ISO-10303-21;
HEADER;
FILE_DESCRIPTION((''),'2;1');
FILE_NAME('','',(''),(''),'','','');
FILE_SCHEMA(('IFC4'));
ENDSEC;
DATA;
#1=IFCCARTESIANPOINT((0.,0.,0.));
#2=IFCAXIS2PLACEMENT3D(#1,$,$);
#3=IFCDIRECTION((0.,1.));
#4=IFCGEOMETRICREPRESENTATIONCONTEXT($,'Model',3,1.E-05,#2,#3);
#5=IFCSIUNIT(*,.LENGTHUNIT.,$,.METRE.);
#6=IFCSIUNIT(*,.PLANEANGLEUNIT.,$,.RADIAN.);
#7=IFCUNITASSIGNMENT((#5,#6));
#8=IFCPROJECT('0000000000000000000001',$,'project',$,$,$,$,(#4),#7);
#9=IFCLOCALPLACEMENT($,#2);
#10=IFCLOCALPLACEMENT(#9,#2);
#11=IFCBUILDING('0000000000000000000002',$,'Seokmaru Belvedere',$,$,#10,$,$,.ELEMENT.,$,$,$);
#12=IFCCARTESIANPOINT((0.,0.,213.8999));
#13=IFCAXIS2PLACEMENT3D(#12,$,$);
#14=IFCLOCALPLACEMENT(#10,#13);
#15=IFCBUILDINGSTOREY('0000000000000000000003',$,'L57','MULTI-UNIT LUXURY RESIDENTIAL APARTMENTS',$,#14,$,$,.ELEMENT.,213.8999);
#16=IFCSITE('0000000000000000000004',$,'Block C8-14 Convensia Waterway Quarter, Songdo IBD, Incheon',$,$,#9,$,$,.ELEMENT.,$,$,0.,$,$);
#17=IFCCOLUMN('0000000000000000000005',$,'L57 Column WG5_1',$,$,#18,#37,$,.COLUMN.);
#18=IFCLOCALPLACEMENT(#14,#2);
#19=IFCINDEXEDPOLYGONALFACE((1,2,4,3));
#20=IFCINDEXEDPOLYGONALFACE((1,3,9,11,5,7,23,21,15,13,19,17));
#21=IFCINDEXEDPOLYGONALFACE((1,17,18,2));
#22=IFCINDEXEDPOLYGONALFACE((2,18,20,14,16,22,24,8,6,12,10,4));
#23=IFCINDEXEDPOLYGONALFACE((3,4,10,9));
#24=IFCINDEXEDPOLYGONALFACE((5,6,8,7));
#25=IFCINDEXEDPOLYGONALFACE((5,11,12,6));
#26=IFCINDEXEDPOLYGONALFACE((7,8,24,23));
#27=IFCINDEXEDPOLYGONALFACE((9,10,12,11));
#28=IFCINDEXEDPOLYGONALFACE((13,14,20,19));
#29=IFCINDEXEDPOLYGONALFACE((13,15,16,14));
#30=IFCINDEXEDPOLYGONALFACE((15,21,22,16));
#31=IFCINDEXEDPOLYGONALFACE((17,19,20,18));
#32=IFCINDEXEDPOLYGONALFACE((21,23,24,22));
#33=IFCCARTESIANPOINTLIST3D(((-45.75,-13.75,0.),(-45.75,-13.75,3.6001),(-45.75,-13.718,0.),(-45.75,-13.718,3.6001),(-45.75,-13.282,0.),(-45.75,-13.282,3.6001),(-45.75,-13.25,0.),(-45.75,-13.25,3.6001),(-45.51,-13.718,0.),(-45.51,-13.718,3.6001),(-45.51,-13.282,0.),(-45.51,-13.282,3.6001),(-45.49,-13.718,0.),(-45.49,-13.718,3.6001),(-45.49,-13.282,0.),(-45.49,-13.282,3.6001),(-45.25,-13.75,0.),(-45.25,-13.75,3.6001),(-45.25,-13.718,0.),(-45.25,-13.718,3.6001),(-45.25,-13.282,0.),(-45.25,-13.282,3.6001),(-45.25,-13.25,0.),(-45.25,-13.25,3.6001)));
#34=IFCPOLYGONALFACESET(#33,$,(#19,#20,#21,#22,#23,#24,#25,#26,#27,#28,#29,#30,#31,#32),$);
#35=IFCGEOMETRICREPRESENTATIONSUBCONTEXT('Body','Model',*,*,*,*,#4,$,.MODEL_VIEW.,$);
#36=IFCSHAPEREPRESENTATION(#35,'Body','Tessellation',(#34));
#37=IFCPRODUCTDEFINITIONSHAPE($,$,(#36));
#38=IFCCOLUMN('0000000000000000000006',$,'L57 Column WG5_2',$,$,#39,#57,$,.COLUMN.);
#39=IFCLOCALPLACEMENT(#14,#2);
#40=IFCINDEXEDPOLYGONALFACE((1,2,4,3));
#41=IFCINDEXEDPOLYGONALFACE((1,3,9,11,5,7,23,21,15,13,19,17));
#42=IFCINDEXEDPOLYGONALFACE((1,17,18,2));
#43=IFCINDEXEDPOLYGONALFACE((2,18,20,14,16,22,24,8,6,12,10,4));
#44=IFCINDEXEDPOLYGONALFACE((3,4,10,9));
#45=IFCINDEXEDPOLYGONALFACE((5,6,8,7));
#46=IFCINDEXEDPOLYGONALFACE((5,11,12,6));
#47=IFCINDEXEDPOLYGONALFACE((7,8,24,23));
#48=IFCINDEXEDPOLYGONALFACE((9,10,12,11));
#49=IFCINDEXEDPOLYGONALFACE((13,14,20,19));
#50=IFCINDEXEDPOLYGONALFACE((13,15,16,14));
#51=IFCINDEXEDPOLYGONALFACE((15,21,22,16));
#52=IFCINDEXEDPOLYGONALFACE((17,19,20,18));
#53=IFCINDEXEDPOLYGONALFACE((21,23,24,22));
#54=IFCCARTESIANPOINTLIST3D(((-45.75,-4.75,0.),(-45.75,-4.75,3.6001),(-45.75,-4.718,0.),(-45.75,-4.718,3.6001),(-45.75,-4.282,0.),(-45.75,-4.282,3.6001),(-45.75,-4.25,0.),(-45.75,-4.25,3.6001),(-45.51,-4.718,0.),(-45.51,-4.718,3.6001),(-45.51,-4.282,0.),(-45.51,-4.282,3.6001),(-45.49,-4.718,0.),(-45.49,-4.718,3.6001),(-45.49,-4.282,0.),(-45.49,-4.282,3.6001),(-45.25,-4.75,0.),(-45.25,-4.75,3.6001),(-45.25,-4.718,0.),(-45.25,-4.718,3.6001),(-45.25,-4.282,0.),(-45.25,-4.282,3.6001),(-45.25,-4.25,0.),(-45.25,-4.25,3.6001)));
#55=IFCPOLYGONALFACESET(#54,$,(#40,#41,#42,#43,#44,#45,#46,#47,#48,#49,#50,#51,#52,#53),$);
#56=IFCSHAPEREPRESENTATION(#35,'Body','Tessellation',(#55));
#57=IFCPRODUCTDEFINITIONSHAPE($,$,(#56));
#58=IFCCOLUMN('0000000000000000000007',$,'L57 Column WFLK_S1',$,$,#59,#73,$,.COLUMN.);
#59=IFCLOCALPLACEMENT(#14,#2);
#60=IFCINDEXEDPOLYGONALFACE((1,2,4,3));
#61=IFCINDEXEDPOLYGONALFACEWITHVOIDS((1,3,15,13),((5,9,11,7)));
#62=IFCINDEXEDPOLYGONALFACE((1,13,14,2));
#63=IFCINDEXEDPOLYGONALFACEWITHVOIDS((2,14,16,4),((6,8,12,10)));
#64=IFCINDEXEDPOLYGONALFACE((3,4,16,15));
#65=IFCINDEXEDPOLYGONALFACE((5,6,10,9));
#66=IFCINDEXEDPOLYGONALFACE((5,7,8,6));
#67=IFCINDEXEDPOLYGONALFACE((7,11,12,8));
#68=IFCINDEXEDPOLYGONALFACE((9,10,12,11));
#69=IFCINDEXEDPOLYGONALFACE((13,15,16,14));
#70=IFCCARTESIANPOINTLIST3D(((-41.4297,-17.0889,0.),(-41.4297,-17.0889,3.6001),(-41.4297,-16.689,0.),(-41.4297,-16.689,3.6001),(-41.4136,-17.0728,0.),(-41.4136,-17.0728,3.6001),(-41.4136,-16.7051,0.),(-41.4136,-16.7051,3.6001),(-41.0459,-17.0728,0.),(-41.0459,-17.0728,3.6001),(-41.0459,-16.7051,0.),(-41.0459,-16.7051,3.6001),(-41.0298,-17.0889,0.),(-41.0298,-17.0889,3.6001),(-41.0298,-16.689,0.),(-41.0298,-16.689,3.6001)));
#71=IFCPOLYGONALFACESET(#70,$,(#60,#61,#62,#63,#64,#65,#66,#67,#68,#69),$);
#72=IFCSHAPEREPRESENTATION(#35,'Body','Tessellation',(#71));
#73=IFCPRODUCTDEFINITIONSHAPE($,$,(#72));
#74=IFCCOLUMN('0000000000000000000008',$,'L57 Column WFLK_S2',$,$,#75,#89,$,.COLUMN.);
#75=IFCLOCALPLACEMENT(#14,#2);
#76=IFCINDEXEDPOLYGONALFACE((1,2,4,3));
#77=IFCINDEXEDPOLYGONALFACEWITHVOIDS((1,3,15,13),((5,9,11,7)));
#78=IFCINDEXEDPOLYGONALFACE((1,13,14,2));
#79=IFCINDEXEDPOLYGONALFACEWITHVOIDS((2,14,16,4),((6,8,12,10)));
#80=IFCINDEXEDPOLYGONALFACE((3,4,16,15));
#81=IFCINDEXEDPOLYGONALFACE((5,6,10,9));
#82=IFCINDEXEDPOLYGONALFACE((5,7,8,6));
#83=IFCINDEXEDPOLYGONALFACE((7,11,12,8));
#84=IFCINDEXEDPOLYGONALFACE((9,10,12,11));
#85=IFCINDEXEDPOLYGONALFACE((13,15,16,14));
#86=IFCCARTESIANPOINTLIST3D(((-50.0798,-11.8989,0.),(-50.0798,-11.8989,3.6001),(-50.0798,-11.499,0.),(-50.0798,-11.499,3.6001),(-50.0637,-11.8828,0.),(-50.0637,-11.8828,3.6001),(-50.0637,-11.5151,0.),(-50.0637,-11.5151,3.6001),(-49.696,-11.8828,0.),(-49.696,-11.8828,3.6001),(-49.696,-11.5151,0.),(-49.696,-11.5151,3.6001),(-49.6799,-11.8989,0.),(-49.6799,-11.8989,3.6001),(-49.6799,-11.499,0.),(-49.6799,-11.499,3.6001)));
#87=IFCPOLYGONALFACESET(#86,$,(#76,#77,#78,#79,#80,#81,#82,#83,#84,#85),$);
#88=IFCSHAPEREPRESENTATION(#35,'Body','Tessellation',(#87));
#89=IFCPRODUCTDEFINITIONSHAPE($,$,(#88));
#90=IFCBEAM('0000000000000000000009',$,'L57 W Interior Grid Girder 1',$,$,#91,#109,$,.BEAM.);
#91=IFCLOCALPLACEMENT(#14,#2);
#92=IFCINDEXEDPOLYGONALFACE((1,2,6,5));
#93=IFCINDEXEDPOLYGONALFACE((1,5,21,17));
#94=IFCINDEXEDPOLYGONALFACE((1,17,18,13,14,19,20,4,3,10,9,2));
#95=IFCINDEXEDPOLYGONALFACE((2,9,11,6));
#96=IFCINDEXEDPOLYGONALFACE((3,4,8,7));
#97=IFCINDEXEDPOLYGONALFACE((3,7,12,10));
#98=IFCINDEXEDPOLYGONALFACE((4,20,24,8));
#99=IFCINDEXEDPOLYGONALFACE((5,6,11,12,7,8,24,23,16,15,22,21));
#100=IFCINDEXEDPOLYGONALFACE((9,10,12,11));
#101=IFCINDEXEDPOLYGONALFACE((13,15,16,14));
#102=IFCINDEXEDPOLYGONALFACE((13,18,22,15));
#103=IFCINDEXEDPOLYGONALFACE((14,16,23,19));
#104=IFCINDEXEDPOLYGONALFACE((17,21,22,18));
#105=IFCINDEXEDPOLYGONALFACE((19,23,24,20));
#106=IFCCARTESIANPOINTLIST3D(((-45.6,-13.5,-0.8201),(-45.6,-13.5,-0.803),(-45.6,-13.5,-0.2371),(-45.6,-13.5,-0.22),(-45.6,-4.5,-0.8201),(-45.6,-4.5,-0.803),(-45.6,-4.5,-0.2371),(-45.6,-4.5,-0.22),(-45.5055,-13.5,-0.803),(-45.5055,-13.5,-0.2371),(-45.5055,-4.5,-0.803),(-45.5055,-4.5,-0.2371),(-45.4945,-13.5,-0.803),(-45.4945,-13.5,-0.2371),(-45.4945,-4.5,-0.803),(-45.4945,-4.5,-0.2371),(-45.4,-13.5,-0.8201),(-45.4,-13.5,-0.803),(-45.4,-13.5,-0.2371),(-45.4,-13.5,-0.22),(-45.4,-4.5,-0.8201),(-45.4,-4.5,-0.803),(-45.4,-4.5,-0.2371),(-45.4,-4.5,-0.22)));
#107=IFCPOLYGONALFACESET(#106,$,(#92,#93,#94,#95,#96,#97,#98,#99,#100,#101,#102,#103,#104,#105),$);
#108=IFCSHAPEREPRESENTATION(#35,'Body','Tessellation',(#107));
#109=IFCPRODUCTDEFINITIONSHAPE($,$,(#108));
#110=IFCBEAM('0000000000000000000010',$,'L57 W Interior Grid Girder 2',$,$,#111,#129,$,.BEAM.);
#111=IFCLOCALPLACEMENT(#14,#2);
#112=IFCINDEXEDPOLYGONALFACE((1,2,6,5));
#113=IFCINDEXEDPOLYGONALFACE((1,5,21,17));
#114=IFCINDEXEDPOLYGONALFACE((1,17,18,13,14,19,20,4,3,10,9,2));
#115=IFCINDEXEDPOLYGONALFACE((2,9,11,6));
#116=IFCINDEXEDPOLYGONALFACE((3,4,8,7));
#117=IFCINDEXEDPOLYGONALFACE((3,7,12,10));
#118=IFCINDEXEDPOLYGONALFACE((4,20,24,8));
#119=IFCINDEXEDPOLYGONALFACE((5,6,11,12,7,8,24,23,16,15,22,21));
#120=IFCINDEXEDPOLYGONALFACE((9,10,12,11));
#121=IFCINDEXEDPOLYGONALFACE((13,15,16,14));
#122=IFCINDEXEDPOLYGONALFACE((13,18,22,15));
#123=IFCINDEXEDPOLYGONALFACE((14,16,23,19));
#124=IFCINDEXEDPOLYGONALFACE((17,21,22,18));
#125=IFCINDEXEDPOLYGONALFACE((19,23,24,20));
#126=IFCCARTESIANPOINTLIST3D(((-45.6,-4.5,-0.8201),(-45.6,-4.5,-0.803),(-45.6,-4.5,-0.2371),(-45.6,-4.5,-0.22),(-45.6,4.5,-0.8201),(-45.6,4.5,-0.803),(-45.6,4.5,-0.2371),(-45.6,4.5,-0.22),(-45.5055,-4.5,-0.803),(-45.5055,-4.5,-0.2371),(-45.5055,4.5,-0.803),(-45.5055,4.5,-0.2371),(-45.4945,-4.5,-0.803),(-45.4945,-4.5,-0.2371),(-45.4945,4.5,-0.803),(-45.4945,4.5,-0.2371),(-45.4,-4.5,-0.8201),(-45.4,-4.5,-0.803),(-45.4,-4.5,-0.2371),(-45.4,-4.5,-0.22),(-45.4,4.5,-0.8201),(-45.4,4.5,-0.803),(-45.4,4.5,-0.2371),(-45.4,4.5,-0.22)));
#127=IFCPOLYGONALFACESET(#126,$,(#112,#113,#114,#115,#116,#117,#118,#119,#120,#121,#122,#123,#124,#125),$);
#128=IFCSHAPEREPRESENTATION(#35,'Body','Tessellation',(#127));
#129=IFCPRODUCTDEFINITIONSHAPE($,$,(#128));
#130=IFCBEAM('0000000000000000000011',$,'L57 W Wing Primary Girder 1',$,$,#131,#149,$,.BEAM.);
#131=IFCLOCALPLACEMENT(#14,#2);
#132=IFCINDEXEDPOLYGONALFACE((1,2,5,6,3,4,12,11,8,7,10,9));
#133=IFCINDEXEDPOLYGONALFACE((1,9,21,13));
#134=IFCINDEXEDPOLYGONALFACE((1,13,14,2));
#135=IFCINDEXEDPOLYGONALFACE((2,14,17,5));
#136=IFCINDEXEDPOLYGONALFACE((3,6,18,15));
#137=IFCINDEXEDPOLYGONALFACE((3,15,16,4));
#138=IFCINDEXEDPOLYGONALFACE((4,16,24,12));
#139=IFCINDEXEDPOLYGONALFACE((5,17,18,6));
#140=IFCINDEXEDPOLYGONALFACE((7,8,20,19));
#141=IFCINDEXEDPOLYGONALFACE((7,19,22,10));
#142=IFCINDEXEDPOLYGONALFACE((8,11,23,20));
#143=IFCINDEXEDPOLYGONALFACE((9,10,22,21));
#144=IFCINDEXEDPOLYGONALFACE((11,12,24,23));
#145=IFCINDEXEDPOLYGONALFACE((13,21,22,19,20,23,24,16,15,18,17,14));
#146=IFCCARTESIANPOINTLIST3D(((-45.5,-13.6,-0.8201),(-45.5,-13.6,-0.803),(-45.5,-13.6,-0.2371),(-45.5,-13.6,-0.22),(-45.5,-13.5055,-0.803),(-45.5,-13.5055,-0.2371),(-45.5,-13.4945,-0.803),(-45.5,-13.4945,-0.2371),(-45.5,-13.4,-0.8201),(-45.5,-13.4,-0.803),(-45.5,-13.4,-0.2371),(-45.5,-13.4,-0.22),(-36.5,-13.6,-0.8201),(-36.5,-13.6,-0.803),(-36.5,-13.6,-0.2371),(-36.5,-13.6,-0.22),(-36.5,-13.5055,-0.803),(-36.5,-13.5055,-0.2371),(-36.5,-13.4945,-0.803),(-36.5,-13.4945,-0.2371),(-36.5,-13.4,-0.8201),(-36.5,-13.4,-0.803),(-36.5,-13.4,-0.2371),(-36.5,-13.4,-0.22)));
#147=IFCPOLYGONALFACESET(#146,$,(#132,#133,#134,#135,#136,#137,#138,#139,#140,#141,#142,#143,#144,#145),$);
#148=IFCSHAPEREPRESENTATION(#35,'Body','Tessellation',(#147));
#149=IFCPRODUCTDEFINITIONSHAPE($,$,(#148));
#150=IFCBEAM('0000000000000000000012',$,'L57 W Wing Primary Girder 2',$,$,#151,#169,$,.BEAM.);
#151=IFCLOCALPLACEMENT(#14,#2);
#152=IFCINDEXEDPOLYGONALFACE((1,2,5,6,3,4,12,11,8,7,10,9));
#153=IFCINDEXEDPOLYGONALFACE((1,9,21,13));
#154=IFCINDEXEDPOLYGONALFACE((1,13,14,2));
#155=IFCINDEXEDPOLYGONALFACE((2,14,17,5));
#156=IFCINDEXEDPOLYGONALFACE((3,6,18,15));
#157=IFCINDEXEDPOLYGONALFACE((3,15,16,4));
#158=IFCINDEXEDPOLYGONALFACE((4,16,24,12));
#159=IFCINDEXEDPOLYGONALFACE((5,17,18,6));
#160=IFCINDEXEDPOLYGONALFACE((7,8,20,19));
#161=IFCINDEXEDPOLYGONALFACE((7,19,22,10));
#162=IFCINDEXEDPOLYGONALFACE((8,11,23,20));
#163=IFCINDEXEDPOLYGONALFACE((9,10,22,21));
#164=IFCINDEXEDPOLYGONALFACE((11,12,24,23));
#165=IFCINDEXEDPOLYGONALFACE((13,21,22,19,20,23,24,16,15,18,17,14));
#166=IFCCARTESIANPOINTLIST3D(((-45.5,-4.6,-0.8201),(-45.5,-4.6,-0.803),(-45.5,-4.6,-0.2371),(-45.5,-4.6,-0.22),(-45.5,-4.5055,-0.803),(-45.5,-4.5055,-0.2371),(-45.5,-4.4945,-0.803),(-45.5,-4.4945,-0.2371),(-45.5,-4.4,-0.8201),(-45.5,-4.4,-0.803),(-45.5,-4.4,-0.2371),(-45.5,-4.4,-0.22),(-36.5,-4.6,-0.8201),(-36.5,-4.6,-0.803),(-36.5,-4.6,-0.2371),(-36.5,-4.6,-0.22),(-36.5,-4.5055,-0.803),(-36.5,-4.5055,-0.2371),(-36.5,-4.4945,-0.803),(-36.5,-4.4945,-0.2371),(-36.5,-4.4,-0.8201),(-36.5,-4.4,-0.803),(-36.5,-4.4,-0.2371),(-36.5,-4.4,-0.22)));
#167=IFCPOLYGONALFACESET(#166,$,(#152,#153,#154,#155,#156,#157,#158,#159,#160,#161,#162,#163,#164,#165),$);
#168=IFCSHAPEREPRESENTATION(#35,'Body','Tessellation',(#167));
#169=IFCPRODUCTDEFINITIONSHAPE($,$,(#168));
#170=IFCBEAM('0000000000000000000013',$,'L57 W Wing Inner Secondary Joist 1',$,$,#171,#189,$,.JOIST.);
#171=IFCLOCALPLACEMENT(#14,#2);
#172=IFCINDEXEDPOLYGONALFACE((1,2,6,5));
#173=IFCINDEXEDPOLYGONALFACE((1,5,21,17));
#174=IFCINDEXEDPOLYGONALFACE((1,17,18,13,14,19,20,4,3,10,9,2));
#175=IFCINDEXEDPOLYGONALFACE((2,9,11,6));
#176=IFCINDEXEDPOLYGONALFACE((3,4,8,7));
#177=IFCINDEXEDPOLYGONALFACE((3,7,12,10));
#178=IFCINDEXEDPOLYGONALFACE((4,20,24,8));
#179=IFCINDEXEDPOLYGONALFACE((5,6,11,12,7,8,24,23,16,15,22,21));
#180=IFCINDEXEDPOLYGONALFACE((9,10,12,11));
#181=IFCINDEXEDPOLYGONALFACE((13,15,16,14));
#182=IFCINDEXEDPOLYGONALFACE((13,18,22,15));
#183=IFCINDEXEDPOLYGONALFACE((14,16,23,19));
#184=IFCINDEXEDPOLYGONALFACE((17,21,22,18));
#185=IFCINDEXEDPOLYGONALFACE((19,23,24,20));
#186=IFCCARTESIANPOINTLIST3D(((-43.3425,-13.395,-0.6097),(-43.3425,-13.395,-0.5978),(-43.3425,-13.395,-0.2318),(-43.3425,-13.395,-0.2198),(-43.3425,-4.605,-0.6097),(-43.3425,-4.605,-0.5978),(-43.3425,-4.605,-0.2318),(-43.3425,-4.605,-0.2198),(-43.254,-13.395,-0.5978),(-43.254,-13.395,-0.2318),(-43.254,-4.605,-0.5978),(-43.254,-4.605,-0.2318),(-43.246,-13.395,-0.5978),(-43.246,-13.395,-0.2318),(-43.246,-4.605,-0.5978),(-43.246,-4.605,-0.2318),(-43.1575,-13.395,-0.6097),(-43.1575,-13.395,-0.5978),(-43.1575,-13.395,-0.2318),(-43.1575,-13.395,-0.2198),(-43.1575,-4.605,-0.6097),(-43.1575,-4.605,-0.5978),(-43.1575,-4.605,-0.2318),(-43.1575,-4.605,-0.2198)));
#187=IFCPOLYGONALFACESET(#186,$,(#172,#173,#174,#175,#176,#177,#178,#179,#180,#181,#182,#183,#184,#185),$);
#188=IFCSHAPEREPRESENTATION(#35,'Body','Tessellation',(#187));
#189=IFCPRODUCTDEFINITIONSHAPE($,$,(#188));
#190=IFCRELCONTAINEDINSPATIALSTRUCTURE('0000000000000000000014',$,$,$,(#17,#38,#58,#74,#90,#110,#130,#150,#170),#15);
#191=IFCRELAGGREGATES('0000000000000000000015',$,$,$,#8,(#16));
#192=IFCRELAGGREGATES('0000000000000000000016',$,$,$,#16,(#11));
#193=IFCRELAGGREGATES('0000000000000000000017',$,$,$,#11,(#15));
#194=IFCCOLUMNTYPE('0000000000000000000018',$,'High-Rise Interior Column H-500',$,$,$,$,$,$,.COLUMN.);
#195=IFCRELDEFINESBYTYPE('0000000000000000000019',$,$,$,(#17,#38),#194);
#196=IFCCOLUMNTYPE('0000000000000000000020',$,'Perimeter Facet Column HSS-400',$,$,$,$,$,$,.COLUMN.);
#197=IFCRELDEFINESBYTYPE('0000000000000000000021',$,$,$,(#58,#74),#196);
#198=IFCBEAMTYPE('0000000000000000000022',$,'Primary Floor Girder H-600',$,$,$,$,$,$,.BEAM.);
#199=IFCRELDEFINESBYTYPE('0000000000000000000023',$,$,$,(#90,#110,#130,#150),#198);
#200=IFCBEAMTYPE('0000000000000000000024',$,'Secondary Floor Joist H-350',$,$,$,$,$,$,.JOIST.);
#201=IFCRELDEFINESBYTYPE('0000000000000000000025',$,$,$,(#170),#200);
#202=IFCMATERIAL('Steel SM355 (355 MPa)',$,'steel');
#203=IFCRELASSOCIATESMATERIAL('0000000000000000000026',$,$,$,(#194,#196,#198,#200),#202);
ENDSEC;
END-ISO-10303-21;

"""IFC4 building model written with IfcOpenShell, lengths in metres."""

from ifc_helpers import new_model, si_unit, direction, frame, origin, origin_2d, place, context, subcontext, project, spatial, hollow_rectangle, i_section, extrude, source, transform, mapped, material, material_profile, profile_set, type_object, type_shapes, element, save


model = new_model("IFC4")

# Units and contexts
model_context = context("Model", 3, precision=1e-05, world=origin(), true_north=direction((0.0, 1.0)))
body_context = subcontext(model_context, "Body", "Model", "MODEL_VIEW")
ifc_project = project(units=[si_unit("LENGTHUNIT", "METRE"), si_unit("PLANEANGLEUNIT", "RADIAN")], contexts=[model_context])

# Site, building, storey
site_placement = place(None, origin())
site = spatial("IfcSite", under=ifc_project, at=site_placement, Name="Block C8-14 Convensia Waterway Quarter, Songdo IBD, Incheon", CompositionType="ELEMENT", RefElevation=0.0)
building_placement = place(site_placement, origin())
building = spatial("IfcBuilding", under=site, at=building_placement, Name="Seokmaru Belvedere", CompositionType="ELEMENT")
storey_placement = place(building_placement, frame((0.0, 0.0, 213.8999)))
storey = spatial("IfcBuildingStorey", under=building, at=storey_placement, Name="L57", Description="MULTI-UNIT LUXURY RESIDENTIAL APARTMENTS", CompositionType="ELEMENT", Elevation=213.8999)

# Columns
ifc_material_1 = material(Name="Steel SM355 (355 MPa)", Category="steel")
ifc_material_profile_1 = material_profile(ifc_material_1, i_section(OverallWidth=0.5, OverallDepth=0.5, WebThickness=0.02, FlangeThickness=0.032, at=origin_2d()), Name="H-500x500x20x32")
ifc_profile_set_1 = profile_set([ifc_material_profile_1], Name="Steel SM355 (355 MPa)")
column_type_1 = type_object("IfcColumnType", Name="High-Rise Interior Column H-500", PredefinedType="COLUMN", material=ifc_profile_set_1)
shared_shape_1 = source(origin(), body_context, "Body", "SweptSolid", [
    extrude(i_section(OverallWidth=0.5, OverallDepth=0.5, WebThickness=0.02, FlangeThickness=0.032, at=origin_2d()), origin(), (0.0, 0.0, 1.0), 3.6001),
])
type_shapes(column_type_1, [shared_shape_1])
for number, where, z_axis, x_axis, name in (
    (1, (-45.5, -13.5, 0.0), (0.0, 0.0, 1.0), (1.0, 0.0, 0.0), "L57 Column WG5_1"),
    (2, (-45.5, -4.5, 0.0), (0.0, 0.0, 1.0), (1.0, 0.0, 0.0), "L57 Column WG5_2"),
):
    element("IfcColumn", number, at=place(storey_placement, frame(where, z_axis=z_axis, x_axis=x_axis)), inside=storey, type_object=column_type_1, Name=name, PredefinedType="COLUMN", context=body_context, shape_type="MappedRepresentation", body=[
        mapped(shared_shape_1, transform((0.0, 0.0, 0.0), scale=1.0)),
    ])
ifc_material_profile_2 = material_profile(ifc_material_1, hollow_rectangle(XDim=0.3999, YDim=0.3999, WallThickness=0.0161, at=origin_2d()), Name="HSS-400x400x16")
ifc_profile_set_2 = profile_set([ifc_material_profile_2], Name="Steel SM355 (355 MPa)")
column_type_2 = type_object("IfcColumnType", Name="Perimeter Facet Column HSS-400", PredefinedType="COLUMN", material=ifc_profile_set_2)
shared_shape_2 = source(origin(), body_context, "Body", "SweptSolid", [
    extrude(hollow_rectangle(XDim=0.3999, YDim=0.3999, WallThickness=0.0161, at=origin_2d()), origin(), (0.0, 0.0, 1.0), 3.6001),
])
type_shapes(column_type_2, [shared_shape_2])
for number, where, z_axis, x_axis, name in (
    (3, (-41.2297, -16.8889, 0.0), (0.0, 0.0, 1.0), (1.0, 0.0, 0.0), "L57 Column WFLK_S1"),
    (4, (-49.8799, -11.699, 0.0), (0.0, 0.0, 1.0), (1.0, 0.0, 0.0), "L57 Column WFLK_S2"),
):
    element("IfcColumn", number, at=place(storey_placement, frame(where, z_axis=z_axis, x_axis=x_axis)), inside=storey, type_object=column_type_2, Name=name, PredefinedType="COLUMN", context=body_context, shape_type="MappedRepresentation", body=[
        mapped(shared_shape_2, transform((0.0, 0.0, 0.0), scale=1.0)),
    ])

# Beams
ifc_material_profile_3 = material_profile(ifc_material_1, i_section(OverallWidth=0.2, OverallDepth=0.6001, WebThickness=0.011, FlangeThickness=0.0171, at=origin_2d()), Name="H-600x200x11x17")
ifc_profile_set_3 = profile_set([ifc_material_profile_3], Name="Steel SM355 (355 MPa)")
beam_type_1 = type_object("IfcBeamType", Name="Primary Floor Girder H-600", PredefinedType="BEAM", material=ifc_profile_set_3)
shared_shape_3 = source(origin(), body_context, "Body", "SweptSolid", [
    extrude(i_section(OverallWidth=0.2, OverallDepth=0.6001, WebThickness=0.011, FlangeThickness=0.0171, at=origin_2d()), origin(), (0.0, 0.0, 1.0), 9.0),
])
for number, where, z_axis, x_axis, name in (
    (5, (-45.5, -13.5, -0.52), (0.0, 1.0, 0.0), (-1.0, 0.0, 0.0), "L57 W Interior Grid Girder 1"),
    (6, (-45.5, -4.5, -0.52), (0.0, 1.0, 0.0), (-1.0, 0.0, 0.0), "L57 W Interior Grid Girder 2"),
    (7, (-45.5, -13.5, -0.52), (1.0, 0.0, 0.0), (0.0, 1.0, 0.0), "L57 W Wing Primary Girder 1"),
    (8, (-45.5, -4.5, -0.52), (1.0, 0.0, 0.0), (0.0, 1.0, 0.0), "L57 W Wing Primary Girder 2"),
):
    element("IfcBeam", number, at=place(storey_placement, frame(where, z_axis=z_axis, x_axis=x_axis)), inside=storey, type_object=beam_type_1, Name=name, PredefinedType="BEAM", context=body_context, shape_type="MappedRepresentation", body=[
        mapped(shared_shape_3, transform((0.0, 0.0, 0.0), scale=1.0)),
    ])
ifc_material_profile_4 = material_profile(ifc_material_1, i_section(OverallWidth=0.1851, OverallDepth=0.3899, WebThickness=0.0081, FlangeThickness=0.012, at=origin_2d()), Name="H-390x185x8x12")
ifc_profile_set_4 = profile_set([ifc_material_profile_4], Name="Steel SM355 (355 MPa)")
beam_type_2 = type_object("IfcBeamType", Name="Secondary Floor Joist H-350", PredefinedType="JOIST", material=ifc_profile_set_4)
shared_shape_4 = source(origin(), body_context, "Body", "SweptSolid", [
    extrude(i_section(OverallWidth=0.1851, OverallDepth=0.3899, WebThickness=0.0081, FlangeThickness=0.012, at=origin_2d()), origin(), (0.0, 0.0, 1.0), 8.79),
])
type_shapes(beam_type_2, [shared_shape_4])
for number, where, z_axis, x_axis, name in (
    (9, (-43.25, -13.395, -0.4148), (0.0, 1.0, 0.0), (-1.0, 0.0, 0.0), "L57 W Wing Inner Secondary Joist 1"),
):
    element("IfcBeam", number, at=place(storey_placement, frame(where, z_axis=z_axis, x_axis=x_axis)), inside=storey, type_object=beam_type_2, Name=name, PredefinedType="JOIST", context=body_context, shape_type="MappedRepresentation", body=[
        mapped(shared_shape_4, transform((0.0, 0.0, 0.0), scale=1.0)),
    ])

save(model, "model.ifc")
